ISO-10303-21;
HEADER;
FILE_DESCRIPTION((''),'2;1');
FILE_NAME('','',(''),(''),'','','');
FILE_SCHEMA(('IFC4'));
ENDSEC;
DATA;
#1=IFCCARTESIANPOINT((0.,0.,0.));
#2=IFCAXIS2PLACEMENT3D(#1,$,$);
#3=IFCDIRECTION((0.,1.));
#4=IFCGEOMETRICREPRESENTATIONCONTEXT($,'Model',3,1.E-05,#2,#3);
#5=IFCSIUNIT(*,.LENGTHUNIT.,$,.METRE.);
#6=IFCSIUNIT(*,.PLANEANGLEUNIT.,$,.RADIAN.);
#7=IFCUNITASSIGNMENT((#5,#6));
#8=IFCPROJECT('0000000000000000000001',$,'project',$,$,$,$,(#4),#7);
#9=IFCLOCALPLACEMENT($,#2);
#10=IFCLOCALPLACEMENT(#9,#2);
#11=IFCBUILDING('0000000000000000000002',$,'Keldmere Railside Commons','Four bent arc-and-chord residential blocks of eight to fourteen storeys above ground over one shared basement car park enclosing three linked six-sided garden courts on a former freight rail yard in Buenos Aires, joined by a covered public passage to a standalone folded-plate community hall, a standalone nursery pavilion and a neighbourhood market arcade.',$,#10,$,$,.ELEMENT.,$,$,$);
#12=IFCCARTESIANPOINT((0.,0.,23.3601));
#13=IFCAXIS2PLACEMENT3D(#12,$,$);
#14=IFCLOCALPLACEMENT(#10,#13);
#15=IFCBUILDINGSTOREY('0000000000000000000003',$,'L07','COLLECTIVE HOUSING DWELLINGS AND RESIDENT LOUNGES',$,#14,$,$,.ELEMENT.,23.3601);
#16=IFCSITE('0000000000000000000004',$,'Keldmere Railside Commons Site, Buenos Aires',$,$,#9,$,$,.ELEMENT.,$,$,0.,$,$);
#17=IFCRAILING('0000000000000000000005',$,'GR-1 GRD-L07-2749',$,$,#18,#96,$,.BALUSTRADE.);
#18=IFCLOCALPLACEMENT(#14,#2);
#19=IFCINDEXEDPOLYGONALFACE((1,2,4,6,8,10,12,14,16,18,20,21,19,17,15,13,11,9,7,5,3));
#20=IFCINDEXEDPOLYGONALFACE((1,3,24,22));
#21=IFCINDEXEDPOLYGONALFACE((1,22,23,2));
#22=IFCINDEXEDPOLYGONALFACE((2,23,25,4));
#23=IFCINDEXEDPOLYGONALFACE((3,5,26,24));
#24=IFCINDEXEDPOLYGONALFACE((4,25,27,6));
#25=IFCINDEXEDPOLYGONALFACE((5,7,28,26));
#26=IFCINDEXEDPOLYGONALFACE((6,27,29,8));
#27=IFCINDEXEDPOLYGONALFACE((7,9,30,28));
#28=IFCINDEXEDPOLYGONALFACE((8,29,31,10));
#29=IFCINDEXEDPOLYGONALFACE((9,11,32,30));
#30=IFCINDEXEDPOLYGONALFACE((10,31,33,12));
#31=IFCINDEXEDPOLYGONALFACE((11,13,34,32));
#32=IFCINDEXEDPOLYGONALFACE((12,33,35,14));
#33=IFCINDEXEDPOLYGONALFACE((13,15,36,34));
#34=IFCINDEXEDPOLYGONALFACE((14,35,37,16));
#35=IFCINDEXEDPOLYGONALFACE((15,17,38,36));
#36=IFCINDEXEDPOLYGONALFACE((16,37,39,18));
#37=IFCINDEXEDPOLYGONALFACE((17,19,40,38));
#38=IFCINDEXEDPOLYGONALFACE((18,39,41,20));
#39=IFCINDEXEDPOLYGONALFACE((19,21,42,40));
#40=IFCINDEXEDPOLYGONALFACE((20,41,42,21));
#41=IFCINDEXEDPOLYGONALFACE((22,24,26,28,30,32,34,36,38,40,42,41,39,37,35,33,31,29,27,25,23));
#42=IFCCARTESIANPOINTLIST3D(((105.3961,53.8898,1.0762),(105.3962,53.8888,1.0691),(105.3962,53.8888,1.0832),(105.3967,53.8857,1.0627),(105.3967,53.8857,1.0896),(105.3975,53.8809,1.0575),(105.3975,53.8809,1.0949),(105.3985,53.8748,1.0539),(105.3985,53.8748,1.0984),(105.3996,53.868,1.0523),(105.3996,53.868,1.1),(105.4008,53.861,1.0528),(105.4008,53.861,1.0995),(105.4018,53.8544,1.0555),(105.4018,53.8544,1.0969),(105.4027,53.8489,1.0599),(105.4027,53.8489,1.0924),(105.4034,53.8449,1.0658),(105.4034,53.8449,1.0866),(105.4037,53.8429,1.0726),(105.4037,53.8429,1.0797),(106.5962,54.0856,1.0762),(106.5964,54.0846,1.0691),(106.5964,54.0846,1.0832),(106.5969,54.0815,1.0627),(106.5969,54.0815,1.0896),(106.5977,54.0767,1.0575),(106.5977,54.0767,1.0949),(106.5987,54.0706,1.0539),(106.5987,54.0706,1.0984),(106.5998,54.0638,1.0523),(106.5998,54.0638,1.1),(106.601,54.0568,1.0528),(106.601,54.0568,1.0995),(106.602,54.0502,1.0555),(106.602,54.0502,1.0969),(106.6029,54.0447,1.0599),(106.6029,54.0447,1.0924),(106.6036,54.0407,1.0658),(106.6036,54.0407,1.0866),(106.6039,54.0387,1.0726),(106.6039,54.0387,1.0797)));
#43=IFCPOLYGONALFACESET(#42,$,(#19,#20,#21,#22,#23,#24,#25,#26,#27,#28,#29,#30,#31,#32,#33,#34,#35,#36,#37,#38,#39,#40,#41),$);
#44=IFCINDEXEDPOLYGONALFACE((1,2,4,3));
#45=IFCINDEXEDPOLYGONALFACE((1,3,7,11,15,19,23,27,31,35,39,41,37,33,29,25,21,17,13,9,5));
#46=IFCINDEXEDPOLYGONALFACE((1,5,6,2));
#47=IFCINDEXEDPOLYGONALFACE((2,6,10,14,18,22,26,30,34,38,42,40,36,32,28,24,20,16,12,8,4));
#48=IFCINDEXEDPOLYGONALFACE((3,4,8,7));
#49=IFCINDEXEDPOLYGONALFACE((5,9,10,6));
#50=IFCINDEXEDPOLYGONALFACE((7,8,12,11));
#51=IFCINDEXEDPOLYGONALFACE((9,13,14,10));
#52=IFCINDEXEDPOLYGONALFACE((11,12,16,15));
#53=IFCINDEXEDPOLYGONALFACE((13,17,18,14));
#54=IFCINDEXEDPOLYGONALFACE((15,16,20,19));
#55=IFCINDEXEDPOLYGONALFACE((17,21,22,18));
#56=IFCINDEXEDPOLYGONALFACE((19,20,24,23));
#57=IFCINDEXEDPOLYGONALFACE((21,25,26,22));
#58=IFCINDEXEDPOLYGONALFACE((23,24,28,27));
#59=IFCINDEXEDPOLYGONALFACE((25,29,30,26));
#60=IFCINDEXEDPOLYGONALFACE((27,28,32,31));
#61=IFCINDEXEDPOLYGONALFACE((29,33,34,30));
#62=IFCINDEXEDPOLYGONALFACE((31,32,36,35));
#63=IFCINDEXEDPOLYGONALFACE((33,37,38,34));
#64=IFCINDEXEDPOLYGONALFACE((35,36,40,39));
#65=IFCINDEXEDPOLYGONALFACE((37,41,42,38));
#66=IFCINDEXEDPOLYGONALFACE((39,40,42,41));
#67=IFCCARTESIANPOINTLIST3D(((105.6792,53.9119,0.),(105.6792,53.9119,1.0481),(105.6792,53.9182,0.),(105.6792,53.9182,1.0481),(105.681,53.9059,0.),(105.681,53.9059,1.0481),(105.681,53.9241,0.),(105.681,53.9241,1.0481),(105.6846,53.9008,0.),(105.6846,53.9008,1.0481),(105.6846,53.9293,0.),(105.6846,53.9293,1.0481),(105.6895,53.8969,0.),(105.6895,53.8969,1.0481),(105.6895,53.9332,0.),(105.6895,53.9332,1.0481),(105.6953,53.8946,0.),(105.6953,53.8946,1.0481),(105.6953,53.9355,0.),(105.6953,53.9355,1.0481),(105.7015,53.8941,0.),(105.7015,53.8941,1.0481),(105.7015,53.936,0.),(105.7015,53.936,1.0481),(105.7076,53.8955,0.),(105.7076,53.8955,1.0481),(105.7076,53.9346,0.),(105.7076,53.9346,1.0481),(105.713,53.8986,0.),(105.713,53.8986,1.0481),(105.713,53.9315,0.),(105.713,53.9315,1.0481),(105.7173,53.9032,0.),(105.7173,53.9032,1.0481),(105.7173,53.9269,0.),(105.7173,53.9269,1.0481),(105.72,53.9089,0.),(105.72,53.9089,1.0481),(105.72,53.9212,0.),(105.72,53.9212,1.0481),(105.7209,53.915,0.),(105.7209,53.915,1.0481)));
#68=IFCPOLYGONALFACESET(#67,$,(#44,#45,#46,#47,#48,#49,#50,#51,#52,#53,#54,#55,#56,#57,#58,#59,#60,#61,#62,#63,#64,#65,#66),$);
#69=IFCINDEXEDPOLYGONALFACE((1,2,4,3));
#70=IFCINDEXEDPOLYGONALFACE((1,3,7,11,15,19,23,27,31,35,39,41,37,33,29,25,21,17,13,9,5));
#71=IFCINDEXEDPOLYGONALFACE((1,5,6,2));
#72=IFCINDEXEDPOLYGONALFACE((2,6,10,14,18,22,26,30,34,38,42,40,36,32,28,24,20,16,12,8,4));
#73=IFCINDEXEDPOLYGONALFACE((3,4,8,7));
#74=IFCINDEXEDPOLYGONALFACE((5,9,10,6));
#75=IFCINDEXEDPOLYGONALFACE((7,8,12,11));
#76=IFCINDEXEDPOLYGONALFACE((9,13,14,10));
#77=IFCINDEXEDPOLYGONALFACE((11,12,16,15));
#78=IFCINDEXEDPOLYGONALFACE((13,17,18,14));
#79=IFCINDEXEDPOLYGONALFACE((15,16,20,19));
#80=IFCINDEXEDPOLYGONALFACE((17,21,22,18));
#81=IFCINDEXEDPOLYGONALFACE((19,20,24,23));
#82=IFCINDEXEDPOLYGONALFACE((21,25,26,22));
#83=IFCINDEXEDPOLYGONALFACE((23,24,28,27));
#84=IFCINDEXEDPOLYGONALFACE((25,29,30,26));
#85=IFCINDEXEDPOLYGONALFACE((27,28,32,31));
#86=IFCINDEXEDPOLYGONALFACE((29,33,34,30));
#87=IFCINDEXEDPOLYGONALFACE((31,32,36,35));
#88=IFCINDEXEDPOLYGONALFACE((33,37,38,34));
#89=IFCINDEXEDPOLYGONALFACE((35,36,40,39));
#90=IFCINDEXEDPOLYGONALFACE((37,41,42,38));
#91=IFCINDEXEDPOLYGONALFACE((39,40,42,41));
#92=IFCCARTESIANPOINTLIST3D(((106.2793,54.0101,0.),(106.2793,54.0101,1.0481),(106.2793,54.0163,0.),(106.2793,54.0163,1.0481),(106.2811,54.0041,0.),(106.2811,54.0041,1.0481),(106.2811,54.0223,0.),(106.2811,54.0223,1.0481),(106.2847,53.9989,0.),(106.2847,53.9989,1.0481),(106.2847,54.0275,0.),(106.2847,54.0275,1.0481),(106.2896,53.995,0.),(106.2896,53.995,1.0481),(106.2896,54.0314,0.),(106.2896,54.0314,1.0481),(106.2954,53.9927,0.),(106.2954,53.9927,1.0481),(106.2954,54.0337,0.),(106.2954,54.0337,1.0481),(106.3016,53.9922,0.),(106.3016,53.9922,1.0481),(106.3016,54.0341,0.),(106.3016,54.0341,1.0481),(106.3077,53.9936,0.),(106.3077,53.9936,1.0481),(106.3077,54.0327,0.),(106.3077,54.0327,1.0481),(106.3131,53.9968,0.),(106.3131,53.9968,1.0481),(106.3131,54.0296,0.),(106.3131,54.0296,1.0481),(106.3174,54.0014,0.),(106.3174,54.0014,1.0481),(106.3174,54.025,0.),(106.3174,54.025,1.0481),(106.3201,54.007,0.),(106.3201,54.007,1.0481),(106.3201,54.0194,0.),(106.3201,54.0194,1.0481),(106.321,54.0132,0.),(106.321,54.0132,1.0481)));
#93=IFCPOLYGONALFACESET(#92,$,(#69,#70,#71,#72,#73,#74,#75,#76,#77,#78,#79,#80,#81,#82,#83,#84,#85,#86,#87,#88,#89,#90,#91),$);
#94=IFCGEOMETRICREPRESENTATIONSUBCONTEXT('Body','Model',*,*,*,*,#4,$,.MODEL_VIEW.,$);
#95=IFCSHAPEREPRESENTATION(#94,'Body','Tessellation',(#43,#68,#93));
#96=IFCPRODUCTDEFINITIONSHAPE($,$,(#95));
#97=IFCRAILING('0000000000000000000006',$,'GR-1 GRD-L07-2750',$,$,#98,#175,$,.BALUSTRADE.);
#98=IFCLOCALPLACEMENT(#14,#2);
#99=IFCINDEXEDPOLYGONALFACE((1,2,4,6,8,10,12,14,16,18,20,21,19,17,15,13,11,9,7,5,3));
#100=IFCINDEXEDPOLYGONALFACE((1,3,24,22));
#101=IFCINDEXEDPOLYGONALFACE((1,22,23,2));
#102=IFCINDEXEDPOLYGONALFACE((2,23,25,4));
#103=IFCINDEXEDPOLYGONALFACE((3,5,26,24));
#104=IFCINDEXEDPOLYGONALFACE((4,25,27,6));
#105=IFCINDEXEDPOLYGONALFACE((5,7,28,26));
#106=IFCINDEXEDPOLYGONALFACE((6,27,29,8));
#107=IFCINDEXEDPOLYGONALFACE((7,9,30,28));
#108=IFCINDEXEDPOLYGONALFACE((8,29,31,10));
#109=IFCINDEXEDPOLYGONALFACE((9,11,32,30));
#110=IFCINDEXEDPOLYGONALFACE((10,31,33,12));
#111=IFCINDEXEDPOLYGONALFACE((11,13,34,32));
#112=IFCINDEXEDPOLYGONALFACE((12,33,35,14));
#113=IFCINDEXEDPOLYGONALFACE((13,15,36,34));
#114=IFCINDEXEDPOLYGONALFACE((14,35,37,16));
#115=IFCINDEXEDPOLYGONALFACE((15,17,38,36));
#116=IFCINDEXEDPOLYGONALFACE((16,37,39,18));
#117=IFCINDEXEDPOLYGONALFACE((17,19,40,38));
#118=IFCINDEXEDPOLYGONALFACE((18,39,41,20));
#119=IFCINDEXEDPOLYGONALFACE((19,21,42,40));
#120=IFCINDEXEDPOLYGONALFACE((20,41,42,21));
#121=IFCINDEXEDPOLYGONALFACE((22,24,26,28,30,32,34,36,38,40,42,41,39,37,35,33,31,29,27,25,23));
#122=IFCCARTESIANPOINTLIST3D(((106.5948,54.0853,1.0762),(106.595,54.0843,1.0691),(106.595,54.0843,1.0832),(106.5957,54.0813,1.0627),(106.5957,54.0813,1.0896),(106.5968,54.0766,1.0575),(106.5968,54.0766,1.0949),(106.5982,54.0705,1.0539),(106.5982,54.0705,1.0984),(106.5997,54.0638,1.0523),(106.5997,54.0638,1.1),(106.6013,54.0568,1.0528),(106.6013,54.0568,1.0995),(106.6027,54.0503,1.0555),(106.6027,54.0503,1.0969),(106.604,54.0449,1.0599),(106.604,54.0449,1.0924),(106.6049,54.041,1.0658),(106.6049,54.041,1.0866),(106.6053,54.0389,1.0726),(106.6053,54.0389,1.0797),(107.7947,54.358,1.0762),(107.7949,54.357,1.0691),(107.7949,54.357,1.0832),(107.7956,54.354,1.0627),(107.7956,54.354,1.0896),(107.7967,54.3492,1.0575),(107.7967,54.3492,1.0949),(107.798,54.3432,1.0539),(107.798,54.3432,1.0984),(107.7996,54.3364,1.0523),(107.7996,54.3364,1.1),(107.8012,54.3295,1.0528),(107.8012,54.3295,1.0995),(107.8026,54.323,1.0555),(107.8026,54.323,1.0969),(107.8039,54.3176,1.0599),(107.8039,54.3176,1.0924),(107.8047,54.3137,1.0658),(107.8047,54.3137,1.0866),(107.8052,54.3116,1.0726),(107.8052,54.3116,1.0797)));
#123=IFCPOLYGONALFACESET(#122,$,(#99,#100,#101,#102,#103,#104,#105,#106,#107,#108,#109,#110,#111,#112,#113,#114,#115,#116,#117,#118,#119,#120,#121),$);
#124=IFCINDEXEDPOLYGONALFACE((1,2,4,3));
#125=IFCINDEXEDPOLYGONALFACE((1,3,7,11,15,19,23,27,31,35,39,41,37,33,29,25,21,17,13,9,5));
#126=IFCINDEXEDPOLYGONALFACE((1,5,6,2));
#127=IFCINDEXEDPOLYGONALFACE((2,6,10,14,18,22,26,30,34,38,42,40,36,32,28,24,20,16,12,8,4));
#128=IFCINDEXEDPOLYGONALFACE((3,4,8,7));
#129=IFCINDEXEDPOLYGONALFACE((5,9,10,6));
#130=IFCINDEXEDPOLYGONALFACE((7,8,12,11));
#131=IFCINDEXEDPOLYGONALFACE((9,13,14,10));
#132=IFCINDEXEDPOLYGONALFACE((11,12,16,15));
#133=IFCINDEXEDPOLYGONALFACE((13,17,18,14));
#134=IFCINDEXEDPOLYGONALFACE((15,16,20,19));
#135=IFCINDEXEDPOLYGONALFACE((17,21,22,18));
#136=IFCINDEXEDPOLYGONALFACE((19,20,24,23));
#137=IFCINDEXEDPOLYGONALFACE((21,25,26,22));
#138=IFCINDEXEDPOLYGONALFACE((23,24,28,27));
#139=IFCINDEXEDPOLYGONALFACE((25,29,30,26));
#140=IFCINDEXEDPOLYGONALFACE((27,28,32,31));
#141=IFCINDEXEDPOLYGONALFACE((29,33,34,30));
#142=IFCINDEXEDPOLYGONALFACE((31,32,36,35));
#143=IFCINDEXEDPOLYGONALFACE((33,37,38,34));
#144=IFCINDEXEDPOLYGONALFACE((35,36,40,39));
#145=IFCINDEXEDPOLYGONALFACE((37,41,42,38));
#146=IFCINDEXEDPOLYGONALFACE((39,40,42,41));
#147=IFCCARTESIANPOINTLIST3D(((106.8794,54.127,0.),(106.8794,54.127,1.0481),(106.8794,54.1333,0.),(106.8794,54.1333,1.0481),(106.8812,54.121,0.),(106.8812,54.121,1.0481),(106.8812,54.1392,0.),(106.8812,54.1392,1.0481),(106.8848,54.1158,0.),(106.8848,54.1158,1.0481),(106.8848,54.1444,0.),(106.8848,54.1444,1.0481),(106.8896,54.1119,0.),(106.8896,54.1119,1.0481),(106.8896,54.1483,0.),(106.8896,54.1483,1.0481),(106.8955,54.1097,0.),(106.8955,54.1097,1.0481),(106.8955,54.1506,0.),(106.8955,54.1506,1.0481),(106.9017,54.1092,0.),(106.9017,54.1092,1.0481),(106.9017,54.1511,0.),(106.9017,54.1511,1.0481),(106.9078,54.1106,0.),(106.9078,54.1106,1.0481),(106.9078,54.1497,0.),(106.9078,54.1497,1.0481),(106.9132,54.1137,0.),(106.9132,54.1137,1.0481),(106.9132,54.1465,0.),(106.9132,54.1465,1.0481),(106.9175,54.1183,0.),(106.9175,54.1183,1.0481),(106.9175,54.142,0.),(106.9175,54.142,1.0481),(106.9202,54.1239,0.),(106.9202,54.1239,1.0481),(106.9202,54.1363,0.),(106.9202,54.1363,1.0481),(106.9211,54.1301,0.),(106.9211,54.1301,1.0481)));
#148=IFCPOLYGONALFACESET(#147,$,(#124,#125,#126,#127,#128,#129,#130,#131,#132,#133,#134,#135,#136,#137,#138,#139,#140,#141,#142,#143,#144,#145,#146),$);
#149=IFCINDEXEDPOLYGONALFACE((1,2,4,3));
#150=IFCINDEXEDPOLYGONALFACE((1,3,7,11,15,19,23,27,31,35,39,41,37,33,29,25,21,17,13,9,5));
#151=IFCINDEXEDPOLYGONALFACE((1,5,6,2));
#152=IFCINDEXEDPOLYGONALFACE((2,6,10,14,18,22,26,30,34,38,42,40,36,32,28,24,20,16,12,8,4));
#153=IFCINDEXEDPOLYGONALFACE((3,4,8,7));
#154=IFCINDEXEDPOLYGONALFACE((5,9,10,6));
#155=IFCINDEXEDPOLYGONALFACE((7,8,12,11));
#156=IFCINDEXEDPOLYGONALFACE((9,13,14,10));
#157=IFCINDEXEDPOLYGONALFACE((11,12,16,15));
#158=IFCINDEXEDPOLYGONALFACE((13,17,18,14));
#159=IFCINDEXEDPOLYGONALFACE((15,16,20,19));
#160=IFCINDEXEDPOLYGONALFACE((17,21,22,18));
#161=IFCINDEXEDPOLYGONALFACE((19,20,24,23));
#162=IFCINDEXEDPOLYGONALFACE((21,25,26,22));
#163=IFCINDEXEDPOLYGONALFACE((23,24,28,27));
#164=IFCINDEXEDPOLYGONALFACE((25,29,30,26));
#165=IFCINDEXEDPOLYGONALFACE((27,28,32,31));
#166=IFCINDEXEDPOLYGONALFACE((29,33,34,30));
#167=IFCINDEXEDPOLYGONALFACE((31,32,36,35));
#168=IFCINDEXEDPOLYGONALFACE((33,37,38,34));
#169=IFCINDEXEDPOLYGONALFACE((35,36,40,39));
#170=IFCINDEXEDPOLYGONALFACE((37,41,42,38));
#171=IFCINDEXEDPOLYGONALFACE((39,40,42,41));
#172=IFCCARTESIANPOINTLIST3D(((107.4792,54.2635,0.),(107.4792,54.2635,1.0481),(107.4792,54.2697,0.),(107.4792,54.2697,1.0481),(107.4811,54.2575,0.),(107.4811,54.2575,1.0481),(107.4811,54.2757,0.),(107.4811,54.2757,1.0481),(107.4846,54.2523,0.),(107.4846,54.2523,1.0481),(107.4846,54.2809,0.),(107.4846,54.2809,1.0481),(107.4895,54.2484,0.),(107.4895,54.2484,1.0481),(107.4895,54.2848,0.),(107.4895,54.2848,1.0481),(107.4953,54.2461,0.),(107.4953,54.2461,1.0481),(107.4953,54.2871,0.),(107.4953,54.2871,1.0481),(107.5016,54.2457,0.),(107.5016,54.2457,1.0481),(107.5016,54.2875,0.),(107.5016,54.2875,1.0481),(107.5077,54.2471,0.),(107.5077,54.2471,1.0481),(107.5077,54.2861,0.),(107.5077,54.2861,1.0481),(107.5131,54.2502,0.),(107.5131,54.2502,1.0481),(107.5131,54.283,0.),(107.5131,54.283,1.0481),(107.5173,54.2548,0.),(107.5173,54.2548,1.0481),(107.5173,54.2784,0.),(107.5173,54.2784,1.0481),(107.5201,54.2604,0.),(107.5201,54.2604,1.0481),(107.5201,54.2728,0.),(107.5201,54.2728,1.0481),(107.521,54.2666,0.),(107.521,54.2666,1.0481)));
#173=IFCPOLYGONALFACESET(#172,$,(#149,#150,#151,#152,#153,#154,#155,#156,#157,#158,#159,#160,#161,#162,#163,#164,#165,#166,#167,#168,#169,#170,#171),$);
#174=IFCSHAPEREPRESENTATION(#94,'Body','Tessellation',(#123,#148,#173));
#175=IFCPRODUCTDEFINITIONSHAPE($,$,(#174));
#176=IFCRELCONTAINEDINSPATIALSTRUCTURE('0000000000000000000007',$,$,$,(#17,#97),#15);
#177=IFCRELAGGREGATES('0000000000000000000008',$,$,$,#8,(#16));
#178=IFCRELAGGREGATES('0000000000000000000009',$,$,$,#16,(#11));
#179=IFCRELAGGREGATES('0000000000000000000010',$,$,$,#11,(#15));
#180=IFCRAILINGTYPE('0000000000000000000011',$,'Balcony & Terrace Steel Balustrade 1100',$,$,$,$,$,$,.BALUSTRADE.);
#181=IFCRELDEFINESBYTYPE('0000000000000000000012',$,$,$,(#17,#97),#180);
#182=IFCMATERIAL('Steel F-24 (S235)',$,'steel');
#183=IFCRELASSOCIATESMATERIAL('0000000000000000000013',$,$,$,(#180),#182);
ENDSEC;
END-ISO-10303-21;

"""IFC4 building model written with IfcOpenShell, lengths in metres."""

from ifc_helpers import new_model, si_unit, direction, frame, origin, origin_2d, place, context, subcontext, project, spatial, circle, extrude, material, type_object, element, save


model = new_model("IFC4")

# Units and contexts
model_context = context("Model", 3, precision=1e-05, world=origin(), true_north=direction((0.0, 1.0)))
body_context = subcontext(model_context, "Body", "Model", "MODEL_VIEW")
ifc_project = project(units=[si_unit("LENGTHUNIT", "METRE"), si_unit("PLANEANGLEUNIT", "RADIAN")], contexts=[model_context])

# Site, building, storey
site_placement = place(None, origin())
site = spatial("IfcSite", under=ifc_project, at=site_placement, Name="Keldmere Railside Commons Site, Buenos Aires", CompositionType="ELEMENT", RefElevation=0.0)
building_placement = place(site_placement, origin())
building = spatial("IfcBuilding", under=site, at=building_placement, Name="Keldmere Railside Commons", Description="Four bent arc-and-chord residential blocks of eight to fourteen storeys above ground over one shared basement car park enclosing three linked six-sided garden courts on a former freight rail yard in Buenos Aires, joined by a covered public passage to a standalone folded-plate community hall, a standalone nursery pavilion and a neighbourhood market arcade.", CompositionType="ELEMENT")
storey_placement = place(building_placement, frame((0.0, 0.0, 23.3601)))
storey = spatial("IfcBuildingStorey", under=building, at=storey_placement, Name="L07", Description="COLLECTIVE HOUSING DWELLINGS AND RESIDENT LOUNGES", CompositionType="ELEMENT", Elevation=23.3601)

# Railings
ifc_material_1 = material(Name="Steel F-24 (S235)", Category="steel")
railing_type = type_object("IfcRailingType", Name="Balcony & Terrace Steel Balustrade 1100", PredefinedType="BALUSTRADE", material=ifc_material_1)
railing_1_placement = place(storey_placement, frame((105.3999, 53.8662, 0.0)))
element("IfcRailing", 1, at=railing_1_placement, inside=storey, type_object=railing_type, Name="GR-1 GRD-L07-2749", PredefinedType="BALUSTRADE", context=body_context, shape_type="SweptSolid", body=[
    extrude(circle(Radius=0.0239, at=origin_2d()), frame((0.0, 0.0, 1.0762), z_axis=(0.986952, 0.161012, 0.0), x_axis=(-0.161012, 0.986952, 0.0)), (0.0, 0.0, 1.0), 1.2161),
    extrude(circle(Radius=0.021, at=origin_2d()), frame((0.3, 0.0488, 0.0)), (0.0, 0.0, 1.0), 1.0481),
    extrude(circle(Radius=0.021, at=origin_2d()), frame((0.9001, 0.147, 0.0)), (0.0, 0.0, 1.0), 1.0481),
])
railing_2_placement = place(storey_placement, frame((106.6001, 54.062, 0.0)))
element("IfcRailing", 2, at=railing_2_placement, inside=storey, type_object=railing_type, Name="GR-1 GRD-L07-2750", PredefinedType="BALUSTRADE", context=body_context, shape_type="SweptSolid", body=[
    extrude(circle(Radius=0.0239, at=origin_2d()), frame((0.0, 0.0, 1.0762), z_axis=(0.975135, 0.221613, 0.0), x_axis=(-0.221613, 0.975135, 0.0)), (0.0, 0.0, 1.0), 1.2305),
    extrude(circle(Radius=0.021, at=origin_2d()), frame((0.3, 0.0681, 0.0)), (0.0, 0.0, 1.0), 1.0481),
    extrude(circle(Radius=0.021, at=origin_2d()), frame((0.8999, 0.2046, 0.0)), (0.0, 0.0, 1.0), 1.0481),
])

save(model, "model.ifc")
